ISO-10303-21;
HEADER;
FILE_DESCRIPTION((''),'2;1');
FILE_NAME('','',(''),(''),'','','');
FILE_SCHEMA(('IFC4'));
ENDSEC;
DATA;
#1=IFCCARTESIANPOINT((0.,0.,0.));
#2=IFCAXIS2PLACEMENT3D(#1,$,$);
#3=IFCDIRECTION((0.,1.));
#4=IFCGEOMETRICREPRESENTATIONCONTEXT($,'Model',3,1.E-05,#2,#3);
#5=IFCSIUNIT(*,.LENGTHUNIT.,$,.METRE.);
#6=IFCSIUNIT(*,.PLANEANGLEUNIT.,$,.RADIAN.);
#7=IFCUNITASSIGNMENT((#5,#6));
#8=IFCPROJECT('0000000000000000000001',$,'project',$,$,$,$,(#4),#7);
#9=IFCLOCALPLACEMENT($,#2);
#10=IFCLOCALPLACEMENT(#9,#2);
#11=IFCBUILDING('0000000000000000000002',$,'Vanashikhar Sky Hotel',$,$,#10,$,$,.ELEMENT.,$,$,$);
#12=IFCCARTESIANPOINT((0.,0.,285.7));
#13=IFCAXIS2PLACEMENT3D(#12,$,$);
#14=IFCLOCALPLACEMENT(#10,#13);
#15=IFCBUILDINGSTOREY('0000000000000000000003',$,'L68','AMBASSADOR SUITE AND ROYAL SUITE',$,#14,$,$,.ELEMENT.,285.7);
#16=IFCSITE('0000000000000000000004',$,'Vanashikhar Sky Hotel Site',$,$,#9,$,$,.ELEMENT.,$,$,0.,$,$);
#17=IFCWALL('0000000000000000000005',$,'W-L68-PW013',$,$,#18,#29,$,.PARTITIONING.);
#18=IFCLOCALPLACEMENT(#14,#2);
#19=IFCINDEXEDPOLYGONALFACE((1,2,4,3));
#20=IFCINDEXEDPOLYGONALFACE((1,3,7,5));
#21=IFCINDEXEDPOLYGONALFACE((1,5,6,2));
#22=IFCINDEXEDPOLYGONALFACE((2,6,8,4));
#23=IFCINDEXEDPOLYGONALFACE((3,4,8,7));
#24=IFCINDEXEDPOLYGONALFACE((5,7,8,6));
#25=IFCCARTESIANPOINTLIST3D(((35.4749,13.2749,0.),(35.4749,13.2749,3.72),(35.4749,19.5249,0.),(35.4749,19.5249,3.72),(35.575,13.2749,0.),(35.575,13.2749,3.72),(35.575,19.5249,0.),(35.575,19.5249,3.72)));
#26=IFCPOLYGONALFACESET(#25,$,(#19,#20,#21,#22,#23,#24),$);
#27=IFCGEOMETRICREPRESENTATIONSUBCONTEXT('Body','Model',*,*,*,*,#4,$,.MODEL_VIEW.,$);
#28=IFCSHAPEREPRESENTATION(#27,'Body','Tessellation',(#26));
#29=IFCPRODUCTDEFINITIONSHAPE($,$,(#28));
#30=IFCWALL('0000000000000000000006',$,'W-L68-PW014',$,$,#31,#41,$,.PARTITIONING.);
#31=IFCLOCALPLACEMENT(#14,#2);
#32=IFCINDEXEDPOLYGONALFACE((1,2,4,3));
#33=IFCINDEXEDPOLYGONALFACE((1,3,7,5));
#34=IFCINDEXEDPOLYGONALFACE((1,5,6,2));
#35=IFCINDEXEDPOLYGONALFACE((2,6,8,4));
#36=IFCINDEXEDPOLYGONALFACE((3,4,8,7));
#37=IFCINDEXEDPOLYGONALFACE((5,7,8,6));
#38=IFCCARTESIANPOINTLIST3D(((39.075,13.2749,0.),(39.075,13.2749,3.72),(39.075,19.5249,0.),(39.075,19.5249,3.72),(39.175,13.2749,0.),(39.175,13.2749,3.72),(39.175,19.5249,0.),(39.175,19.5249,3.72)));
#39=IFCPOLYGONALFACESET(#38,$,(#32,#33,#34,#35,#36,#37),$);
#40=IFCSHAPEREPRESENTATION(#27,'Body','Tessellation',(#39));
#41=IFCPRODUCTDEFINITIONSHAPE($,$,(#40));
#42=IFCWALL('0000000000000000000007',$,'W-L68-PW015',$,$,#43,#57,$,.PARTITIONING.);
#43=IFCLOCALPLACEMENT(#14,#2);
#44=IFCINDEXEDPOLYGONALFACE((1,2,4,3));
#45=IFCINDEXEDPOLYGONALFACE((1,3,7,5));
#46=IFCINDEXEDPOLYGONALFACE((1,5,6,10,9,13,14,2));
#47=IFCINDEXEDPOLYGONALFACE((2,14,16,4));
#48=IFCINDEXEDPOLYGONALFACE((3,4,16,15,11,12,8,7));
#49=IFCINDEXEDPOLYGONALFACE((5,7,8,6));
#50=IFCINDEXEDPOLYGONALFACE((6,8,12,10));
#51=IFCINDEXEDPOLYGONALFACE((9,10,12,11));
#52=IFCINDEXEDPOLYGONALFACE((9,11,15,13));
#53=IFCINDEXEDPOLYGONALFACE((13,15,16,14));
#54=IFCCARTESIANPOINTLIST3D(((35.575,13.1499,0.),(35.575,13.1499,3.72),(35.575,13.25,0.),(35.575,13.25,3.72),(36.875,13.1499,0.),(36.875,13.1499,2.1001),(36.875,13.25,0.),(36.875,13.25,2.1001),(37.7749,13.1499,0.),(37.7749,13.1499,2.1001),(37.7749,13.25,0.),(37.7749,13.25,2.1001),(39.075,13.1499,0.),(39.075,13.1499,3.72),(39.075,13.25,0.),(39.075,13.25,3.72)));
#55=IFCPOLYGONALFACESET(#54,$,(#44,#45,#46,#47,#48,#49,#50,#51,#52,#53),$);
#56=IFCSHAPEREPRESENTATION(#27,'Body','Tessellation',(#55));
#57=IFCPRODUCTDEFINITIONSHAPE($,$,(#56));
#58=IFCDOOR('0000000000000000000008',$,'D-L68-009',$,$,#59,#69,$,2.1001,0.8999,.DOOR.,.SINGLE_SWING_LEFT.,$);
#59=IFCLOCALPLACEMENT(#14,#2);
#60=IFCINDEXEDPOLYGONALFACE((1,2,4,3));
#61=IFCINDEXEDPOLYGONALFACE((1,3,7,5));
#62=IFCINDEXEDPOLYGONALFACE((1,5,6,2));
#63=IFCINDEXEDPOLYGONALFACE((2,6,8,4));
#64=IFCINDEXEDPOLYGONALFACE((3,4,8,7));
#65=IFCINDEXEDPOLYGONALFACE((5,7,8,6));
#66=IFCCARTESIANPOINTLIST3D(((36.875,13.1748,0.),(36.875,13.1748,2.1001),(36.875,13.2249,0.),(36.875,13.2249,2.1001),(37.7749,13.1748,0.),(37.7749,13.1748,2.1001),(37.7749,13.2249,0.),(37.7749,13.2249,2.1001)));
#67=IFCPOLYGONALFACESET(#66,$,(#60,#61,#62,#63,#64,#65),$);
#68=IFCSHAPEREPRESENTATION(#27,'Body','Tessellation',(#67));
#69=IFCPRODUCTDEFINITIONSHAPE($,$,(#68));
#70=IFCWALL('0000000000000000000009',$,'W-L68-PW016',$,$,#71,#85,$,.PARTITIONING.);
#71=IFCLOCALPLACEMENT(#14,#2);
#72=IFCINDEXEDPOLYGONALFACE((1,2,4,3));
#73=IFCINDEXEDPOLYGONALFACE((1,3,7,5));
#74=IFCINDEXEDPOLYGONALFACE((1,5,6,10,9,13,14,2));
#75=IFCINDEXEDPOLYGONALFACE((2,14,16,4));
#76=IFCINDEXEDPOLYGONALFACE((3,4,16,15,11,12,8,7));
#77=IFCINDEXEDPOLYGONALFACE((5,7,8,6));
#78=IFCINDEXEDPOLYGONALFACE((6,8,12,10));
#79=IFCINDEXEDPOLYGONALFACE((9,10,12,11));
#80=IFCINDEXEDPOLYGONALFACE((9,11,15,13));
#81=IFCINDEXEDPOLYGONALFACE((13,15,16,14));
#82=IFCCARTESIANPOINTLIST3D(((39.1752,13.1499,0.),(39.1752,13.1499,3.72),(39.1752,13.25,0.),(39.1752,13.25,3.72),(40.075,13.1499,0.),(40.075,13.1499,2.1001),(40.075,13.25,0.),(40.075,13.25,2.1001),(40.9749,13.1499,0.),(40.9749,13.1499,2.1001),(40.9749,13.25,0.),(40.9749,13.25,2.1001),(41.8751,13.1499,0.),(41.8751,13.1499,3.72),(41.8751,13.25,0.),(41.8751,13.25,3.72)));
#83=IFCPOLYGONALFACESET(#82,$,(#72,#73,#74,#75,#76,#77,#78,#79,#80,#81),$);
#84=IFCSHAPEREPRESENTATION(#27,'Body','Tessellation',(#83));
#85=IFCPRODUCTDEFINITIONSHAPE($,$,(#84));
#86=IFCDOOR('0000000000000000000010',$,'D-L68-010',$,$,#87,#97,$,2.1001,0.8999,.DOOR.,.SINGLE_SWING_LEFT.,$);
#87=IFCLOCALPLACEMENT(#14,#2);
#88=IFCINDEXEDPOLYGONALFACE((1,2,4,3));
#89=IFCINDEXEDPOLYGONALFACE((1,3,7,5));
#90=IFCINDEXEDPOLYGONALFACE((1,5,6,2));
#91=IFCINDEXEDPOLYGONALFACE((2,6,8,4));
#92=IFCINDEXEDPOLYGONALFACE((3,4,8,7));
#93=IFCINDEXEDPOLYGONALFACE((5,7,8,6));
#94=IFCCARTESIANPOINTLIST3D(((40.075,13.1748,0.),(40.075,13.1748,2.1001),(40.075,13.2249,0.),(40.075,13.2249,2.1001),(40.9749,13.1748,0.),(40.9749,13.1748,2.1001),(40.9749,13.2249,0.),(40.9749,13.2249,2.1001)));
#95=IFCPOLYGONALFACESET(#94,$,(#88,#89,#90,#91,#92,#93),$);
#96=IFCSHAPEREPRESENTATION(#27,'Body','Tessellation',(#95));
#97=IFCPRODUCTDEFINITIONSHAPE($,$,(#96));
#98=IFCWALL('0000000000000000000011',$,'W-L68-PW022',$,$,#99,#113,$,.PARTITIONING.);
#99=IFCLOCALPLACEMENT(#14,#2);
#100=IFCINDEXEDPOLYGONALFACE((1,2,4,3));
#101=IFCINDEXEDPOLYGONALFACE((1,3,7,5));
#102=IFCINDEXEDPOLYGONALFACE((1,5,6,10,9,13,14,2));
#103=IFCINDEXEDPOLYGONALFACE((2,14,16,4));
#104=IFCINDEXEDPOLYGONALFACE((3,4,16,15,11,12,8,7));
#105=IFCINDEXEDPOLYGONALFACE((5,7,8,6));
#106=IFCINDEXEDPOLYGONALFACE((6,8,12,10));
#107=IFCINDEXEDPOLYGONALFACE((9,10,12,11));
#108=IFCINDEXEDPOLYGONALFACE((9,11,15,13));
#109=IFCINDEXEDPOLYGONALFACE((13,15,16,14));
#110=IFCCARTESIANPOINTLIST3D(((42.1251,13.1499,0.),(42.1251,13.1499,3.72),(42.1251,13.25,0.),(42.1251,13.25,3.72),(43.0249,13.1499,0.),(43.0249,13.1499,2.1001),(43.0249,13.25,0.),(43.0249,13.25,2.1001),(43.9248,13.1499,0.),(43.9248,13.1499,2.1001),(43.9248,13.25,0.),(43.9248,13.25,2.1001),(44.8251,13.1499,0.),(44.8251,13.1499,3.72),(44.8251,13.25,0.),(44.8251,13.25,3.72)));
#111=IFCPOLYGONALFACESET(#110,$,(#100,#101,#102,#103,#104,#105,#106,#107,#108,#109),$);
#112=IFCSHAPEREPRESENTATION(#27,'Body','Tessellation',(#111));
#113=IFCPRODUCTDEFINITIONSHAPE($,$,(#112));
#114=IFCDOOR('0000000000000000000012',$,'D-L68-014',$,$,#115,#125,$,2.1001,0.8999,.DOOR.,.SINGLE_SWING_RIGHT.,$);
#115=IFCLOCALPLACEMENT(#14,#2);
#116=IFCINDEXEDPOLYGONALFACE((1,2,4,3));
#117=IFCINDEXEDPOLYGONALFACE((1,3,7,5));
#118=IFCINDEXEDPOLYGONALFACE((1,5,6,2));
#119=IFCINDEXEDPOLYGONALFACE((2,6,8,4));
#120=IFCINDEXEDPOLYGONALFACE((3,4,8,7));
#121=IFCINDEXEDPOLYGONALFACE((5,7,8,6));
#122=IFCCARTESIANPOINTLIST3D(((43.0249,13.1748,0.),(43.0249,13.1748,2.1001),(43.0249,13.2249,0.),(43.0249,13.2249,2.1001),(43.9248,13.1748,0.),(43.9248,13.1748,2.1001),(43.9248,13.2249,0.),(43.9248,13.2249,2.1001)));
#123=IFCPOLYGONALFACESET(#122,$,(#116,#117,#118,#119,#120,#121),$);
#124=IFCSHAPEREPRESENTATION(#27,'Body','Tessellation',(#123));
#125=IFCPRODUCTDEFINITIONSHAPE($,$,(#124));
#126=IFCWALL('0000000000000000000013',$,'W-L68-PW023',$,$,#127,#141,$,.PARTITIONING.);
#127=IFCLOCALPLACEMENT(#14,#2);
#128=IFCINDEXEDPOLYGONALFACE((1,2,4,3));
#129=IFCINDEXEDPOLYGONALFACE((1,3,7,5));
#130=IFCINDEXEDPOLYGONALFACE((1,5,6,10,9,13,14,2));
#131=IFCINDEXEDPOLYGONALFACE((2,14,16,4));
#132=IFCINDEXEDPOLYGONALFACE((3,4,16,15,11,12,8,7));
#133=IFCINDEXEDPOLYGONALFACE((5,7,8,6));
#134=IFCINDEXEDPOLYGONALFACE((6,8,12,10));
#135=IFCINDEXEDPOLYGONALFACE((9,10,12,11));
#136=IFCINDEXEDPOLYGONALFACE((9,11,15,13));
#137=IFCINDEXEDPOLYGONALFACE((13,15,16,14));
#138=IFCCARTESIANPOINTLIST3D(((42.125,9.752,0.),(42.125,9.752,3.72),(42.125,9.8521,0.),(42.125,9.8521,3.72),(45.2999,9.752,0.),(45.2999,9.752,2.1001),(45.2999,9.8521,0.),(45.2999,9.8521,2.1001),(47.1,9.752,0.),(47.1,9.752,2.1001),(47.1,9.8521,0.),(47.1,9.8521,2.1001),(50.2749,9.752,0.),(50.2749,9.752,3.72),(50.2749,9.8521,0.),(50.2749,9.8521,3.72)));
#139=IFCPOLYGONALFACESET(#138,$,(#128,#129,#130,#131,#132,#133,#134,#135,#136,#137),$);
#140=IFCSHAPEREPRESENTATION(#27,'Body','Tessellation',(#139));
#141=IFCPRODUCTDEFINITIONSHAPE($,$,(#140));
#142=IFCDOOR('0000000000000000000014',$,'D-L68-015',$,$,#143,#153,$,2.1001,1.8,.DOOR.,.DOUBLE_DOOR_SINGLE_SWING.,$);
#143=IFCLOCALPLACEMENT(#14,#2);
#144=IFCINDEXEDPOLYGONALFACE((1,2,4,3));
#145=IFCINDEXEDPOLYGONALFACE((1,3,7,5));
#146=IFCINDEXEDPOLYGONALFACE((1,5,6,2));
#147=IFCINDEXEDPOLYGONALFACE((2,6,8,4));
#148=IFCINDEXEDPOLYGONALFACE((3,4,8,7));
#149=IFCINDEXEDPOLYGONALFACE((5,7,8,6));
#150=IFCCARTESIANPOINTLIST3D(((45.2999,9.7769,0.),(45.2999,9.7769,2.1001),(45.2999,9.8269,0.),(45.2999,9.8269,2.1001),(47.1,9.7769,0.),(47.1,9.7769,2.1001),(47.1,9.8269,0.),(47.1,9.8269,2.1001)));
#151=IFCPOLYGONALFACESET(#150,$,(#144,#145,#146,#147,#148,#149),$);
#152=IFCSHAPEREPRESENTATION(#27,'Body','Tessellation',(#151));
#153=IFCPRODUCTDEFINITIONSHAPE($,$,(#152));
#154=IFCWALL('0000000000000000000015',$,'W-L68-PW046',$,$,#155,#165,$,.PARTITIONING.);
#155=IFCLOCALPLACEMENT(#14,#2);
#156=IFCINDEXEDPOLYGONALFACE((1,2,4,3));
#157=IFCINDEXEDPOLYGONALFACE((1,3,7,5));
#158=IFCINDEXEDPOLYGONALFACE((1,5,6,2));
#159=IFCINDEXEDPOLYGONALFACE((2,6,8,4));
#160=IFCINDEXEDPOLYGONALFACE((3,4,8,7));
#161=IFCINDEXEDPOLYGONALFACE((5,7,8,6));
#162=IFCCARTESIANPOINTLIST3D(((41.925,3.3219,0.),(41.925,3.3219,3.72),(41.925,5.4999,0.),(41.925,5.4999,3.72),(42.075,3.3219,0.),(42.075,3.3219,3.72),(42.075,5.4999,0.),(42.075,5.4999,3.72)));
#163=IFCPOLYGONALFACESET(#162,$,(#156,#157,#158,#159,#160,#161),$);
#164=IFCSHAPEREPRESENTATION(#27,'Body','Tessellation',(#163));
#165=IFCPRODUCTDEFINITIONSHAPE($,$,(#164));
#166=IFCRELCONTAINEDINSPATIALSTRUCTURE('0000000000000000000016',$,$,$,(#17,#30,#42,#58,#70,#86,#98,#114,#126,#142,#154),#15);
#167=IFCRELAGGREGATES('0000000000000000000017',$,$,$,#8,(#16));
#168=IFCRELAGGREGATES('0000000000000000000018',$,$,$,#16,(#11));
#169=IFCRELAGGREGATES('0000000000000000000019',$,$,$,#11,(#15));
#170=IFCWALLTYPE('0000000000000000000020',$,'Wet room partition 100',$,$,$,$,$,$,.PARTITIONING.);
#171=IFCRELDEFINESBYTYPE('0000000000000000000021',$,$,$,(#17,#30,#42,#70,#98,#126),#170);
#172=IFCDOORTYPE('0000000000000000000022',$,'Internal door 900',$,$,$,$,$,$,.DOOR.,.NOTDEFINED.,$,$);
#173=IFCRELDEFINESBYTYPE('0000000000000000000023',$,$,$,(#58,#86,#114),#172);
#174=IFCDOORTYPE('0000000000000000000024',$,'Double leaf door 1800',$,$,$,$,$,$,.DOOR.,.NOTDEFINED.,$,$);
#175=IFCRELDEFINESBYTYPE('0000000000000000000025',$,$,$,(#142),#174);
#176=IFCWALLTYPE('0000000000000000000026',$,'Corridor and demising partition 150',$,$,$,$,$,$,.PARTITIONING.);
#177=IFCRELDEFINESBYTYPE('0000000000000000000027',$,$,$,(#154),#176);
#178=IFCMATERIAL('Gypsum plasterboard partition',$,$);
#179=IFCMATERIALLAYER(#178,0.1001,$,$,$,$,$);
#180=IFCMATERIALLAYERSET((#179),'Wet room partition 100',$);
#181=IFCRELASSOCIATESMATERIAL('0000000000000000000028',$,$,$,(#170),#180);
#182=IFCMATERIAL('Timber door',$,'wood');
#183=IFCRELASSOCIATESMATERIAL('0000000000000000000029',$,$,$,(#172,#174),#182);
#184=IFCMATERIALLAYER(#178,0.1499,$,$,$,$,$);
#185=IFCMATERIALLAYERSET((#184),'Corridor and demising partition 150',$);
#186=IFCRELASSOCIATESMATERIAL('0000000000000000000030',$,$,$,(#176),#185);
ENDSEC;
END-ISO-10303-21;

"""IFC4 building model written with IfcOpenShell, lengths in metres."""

from ifc_helpers import new_model, si_unit, direction, frame, frame_2d, origin, place, context, subcontext, project, spatial, rectangle, extrude, source, transform, mapped, material, layer, layer_set, type_object, element, fill, save


model = new_model("IFC4")

# Units and contexts
model_context = context("Model", 3, precision=1e-05, world=origin(), true_north=direction((0.0, 1.0)))
body_context = subcontext(model_context, "Body", "Model", "MODEL_VIEW")
ifc_project = project(units=[si_unit("LENGTHUNIT", "METRE"), si_unit("PLANEANGLEUNIT", "RADIAN")], contexts=[model_context])

# Site, building, storey
site_placement = place(None, origin())
site = spatial("IfcSite", under=ifc_project, at=site_placement, Name="Vanashikhar Sky Hotel Site", CompositionType="ELEMENT", RefElevation=0.0)
building_placement = place(site_placement, origin())
building = spatial("IfcBuilding", under=site, at=building_placement, Name="Vanashikhar Sky Hotel", CompositionType="ELEMENT")
storey_placement = place(building_placement, frame((0.0, 0.0, 285.7)))
storey = spatial("IfcBuildingStorey", under=building, at=storey_placement, Name="L68", Description="AMBASSADOR SUITE AND ROYAL SUITE", CompositionType="ELEMENT", Elevation=285.7)

# Walls
ifc_material_1 = material(Name="Gypsum plasterboard partition")
ifc_layer_1 = layer(ifc_material_1, 0.1001)
ifc_layer_set_1 = layer_set([ifc_layer_1], Name="Wet room partition 100")
wall_type_1 = type_object("IfcWallType", Name="Wet room partition 100", PredefinedType="PARTITIONING", material=ifc_layer_set_1)
shared_shape_1 = source(origin(), body_context, "Body", "SweptSolid", [
    extrude(rectangle(XDim=6.25, YDim=0.1001, at=frame_2d((3.125, 0.0))), origin(), (0.0, 0.0, 1.0), 3.72),
])
for number, where, z_axis, x_axis, name in (
    (1, (35.5249, 13.2749, 0.0), (0.0, 0.0, 1.0), (0.0, 1.0, 0.0), "W-L68-PW013"),
    (2, (39.125, 13.2749, 0.0), (0.0, 0.0, 1.0), (0.0, 1.0, 0.0), "W-L68-PW014"),
):
    element("IfcWall", number, at=place(storey_placement, frame(where, z_axis=z_axis, x_axis=x_axis)), inside=storey, type_object=wall_type_1, Name=name, PredefinedType="PARTITIONING", context=body_context, shape_type="MappedRepresentation", body=[
        mapped(shared_shape_1, transform((0.0, 0.0, 0.0), scale=1.0)),
    ])

# Walls, openings, doors
shared_shape_2 = source(origin(), body_context, "Body", "SweptSolid", [
    extrude(rectangle(XDim=3.5, YDim=0.1001, at=frame_2d((1.75, 0.0))), origin(), (0.0, 0.0, 1.0), 3.72),
])
wall_1_placement = place(storey_placement, frame((35.575, 13.2, 0.0), z_axis=(0.0, 0.0, 1.0), x_axis=(1.0, 0.0, 0.0)))
wall_1 = element("IfcWall", 3, at=wall_1_placement, inside=storey, type_object=wall_type_1, Name="W-L68-PW015", PredefinedType="PARTITIONING", context=body_context, shape_type="MappedRepresentation", body=[
    mapped(shared_shape_2, transform((0.0, 0.0, 0.0), scale=1.0)),
])
shared_shape_3 = source(origin(), body_context, "Body", "SweptSolid", [
    extrude(rectangle(XDim=0.8999, YDim=2.1001, at=frame_2d((0.45, 1.05))), frame((0.0, 0.0601, 0.0), z_axis=(0.0, -1.0, 0.0), x_axis=(1.0, 0.0, 0.0)), (0.0, 0.0, 1.0), 0.1201),
])
opening_1_placement = place(wall_1_placement, frame((1.3, 0.0, 0.0)))
opening_1 = element("IfcOpeningElement", 4, at=opening_1_placement, cuts=wall_1, PredefinedType="OPENING", context=body_context, shape_type="MappedRepresentation", body=[
    mapped(shared_shape_3, transform((0.0, 0.0, 0.0), scale=1.0)),
])
ifc_material_2 = material(Name="Timber door", Category="wood")
door_type_1 = type_object("IfcDoorType", Name="Internal door 900", OperationType="NOTDEFINED", PredefinedType="DOOR", material=ifc_material_2)
shared_shape_4 = source(origin(), body_context, "Body", "SweptSolid", [
    extrude(rectangle(XDim=0.8999, YDim=2.1001, at=frame_2d((0.45, 1.05))), frame((0.0, 0.0249, 0.0), z_axis=(0.0, -1.0, 0.0), x_axis=(1.0, 0.0, 0.0)), (0.0, 0.0, 1.0), 0.05),
])
door_1_placement = place(opening_1_placement, origin())
door_1 = element("IfcDoor", 5, at=door_1_placement, inside=storey, type_object=door_type_1, Name="D-L68-009", OperationType="SINGLE_SWING_LEFT", OverallHeight=2.1001, OverallWidth=0.8999, PredefinedType="DOOR", context=body_context, shape_type="MappedRepresentation", body=[
    mapped(shared_shape_4, transform((0.0, 0.0, 0.0), scale=1.0)),
])
fill(opening_1, door_1)
shared_shape_5 = source(origin(), body_context, "Body", "SweptSolid", [
    extrude(rectangle(XDim=2.7, YDim=0.1001, at=frame_2d((1.3501, 0.0))), origin(), (0.0, 0.0, 1.0), 3.72),
])
wall_2_placement = place(storey_placement, frame((39.175, 13.2, 0.0), z_axis=(0.0, 0.0, 1.0), x_axis=(1.0, 0.0, 0.0)))
wall_2 = element("IfcWall", 6, at=wall_2_placement, inside=storey, type_object=wall_type_1, Name="W-L68-PW016", PredefinedType="PARTITIONING", context=body_context, shape_type="MappedRepresentation", body=[
    mapped(shared_shape_5, transform((0.0, 0.0, 0.0), scale=1.0)),
])
opening_2_placement = place(wall_2_placement, frame((0.8999, 0.0, 0.0)))
opening_2 = element("IfcOpeningElement", 7, at=opening_2_placement, cuts=wall_2, PredefinedType="OPENING", context=body_context, shape_type="MappedRepresentation", body=[
    mapped(shared_shape_3, transform((0.0, 0.0, 0.0), scale=1.0)),
])
door_2_placement = place(opening_2_placement, origin())
door_2 = element("IfcDoor", 8, at=door_2_placement, inside=storey, type_object=door_type_1, Name="D-L68-010", OperationType="SINGLE_SWING_LEFT", OverallHeight=2.1001, OverallWidth=0.8999, PredefinedType="DOOR", context=body_context, shape_type="MappedRepresentation", body=[
    mapped(shared_shape_4, transform((0.0, 0.0, 0.0), scale=1.0)),
])
fill(opening_2, door_2)
wall_3_placement = place(storey_placement, frame((42.125, 13.2, 0.0), z_axis=(0.0, 0.0, 1.0), x_axis=(1.0, 0.0, 0.0)))
wall_3 = element("IfcWall", 9, at=wall_3_placement, inside=storey, type_object=wall_type_1, Name="W-L68-PW022", PredefinedType="PARTITIONING", context=body_context, shape_type="MappedRepresentation", body=[
    mapped(shared_shape_5, transform((0.0, 0.0, 0.0), scale=1.0)),
])
opening_3_placement = place(wall_3_placement, frame((0.8999, 0.0, 0.0)))
opening_3 = element("IfcOpeningElement", 10, at=opening_3_placement, cuts=wall_3, PredefinedType="OPENING", context=body_context, shape_type="MappedRepresentation", body=[
    mapped(shared_shape_3, transform((0.0, 0.0, 0.0), scale=1.0)),
])
door_3_placement = place(opening_3_placement, origin())
door_3 = element("IfcDoor", 11, at=door_3_placement, inside=storey, type_object=door_type_1, Name="D-L68-014", OperationType="SINGLE_SWING_RIGHT", OverallHeight=2.1001, OverallWidth=0.8999, PredefinedType="DOOR", context=body_context, shape_type="MappedRepresentation", body=[
    mapped(shared_shape_4, transform((0.0, 0.0, 0.0), scale=1.0)),
])
fill(opening_3, door_3)
shared_shape_6 = source(origin(), body_context, "Body", "SweptSolid", [
    extrude(rectangle(XDim=8.1499, YDim=0.1001, at=frame_2d((4.075, 0.0))), origin(), (0.0, 0.0, 1.0), 3.72),
])
wall_4_placement = place(storey_placement, frame((42.125, 9.802, 0.0), z_axis=(0.0, 0.0, 1.0), x_axis=(1.0, 0.0, 0.0)))
wall_4 = element("IfcWall", 12, at=wall_4_placement, inside=storey, type_object=wall_type_1, Name="W-L68-PW023", PredefinedType="PARTITIONING", context=body_context, shape_type="MappedRepresentation", body=[
    mapped(shared_shape_6, transform((0.0, 0.0, 0.0), scale=1.0)),
])
shared_shape_7 = source(origin(), body_context, "Body", "SweptSolid", [
    extrude(rectangle(XDim=1.8, YDim=2.1001, at=frame_2d((0.8999, 1.05))), frame((0.0, 0.0601, 0.0), z_axis=(0.0, -1.0, 0.0), x_axis=(1.0, 0.0, 0.0)), (0.0, 0.0, 1.0), 0.1201),
])
opening_4_placement = place(wall_4_placement, frame((3.175, 0.0, 0.0)))
opening_4 = element("IfcOpeningElement", 13, at=opening_4_placement, cuts=wall_4, PredefinedType="OPENING", context=body_context, shape_type="MappedRepresentation", body=[
    mapped(shared_shape_7, transform((0.0, 0.0, 0.0), scale=1.0)),
])
door_type_2 = type_object("IfcDoorType", Name="Double leaf door 1800", OperationType="NOTDEFINED", PredefinedType="DOOR", material=ifc_material_2)
shared_shape_8 = source(origin(), body_context, "Body", "SweptSolid", [
    extrude(rectangle(XDim=1.8, YDim=2.1001, at=frame_2d((0.8999, 1.05))), frame((0.0, 0.0249, 0.0), z_axis=(0.0, -1.0, 0.0), x_axis=(1.0, 0.0, 0.0)), (0.0, 0.0, 1.0), 0.05),
])
door_4_placement = place(opening_4_placement, origin())
door_4 = element("IfcDoor", 14, at=door_4_placement, inside=storey, type_object=door_type_2, Name="D-L68-015", OperationType="DOUBLE_DOOR_SINGLE_SWING", OverallHeight=2.1001, OverallWidth=1.8, PredefinedType="DOOR", context=body_context, shape_type="MappedRepresentation", body=[
    mapped(shared_shape_8, transform((0.0, 0.0, 0.0), scale=1.0)),
])
fill(opening_4, door_4)

# Wall
ifc_layer_2 = layer(ifc_material_1, 0.1499)
ifc_layer_set_2 = layer_set([ifc_layer_2], Name="Corridor and demising partition 150")
wall_type_2 = type_object("IfcWallType", Name="Corridor and demising partition 150", PredefinedType="PARTITIONING", material=ifc_layer_set_2)
shared_shape_9 = source(origin(), body_context, "Body", "SweptSolid", [
    extrude(rectangle(XDim=2.178, YDim=0.1499, at=frame_2d((1.0889, 0.0))), origin(), (0.0, 0.0, 1.0), 3.72),
])
wall_5_placement = place(storey_placement, frame((42.0, 3.322, 0.0), z_axis=(0.0, 0.0, 1.0), x_axis=(0.0, 1.0, 0.0)))
element("IfcWall", 15, at=wall_5_placement, inside=storey, type_object=wall_type_2, Name="W-L68-PW046", PredefinedType="PARTITIONING", context=body_context, shape_type="MappedRepresentation", body=[
    mapped(shared_shape_9, transform((0.0, 0.0, 0.0), scale=1.0)),
])

save(model, "model.ifc")
